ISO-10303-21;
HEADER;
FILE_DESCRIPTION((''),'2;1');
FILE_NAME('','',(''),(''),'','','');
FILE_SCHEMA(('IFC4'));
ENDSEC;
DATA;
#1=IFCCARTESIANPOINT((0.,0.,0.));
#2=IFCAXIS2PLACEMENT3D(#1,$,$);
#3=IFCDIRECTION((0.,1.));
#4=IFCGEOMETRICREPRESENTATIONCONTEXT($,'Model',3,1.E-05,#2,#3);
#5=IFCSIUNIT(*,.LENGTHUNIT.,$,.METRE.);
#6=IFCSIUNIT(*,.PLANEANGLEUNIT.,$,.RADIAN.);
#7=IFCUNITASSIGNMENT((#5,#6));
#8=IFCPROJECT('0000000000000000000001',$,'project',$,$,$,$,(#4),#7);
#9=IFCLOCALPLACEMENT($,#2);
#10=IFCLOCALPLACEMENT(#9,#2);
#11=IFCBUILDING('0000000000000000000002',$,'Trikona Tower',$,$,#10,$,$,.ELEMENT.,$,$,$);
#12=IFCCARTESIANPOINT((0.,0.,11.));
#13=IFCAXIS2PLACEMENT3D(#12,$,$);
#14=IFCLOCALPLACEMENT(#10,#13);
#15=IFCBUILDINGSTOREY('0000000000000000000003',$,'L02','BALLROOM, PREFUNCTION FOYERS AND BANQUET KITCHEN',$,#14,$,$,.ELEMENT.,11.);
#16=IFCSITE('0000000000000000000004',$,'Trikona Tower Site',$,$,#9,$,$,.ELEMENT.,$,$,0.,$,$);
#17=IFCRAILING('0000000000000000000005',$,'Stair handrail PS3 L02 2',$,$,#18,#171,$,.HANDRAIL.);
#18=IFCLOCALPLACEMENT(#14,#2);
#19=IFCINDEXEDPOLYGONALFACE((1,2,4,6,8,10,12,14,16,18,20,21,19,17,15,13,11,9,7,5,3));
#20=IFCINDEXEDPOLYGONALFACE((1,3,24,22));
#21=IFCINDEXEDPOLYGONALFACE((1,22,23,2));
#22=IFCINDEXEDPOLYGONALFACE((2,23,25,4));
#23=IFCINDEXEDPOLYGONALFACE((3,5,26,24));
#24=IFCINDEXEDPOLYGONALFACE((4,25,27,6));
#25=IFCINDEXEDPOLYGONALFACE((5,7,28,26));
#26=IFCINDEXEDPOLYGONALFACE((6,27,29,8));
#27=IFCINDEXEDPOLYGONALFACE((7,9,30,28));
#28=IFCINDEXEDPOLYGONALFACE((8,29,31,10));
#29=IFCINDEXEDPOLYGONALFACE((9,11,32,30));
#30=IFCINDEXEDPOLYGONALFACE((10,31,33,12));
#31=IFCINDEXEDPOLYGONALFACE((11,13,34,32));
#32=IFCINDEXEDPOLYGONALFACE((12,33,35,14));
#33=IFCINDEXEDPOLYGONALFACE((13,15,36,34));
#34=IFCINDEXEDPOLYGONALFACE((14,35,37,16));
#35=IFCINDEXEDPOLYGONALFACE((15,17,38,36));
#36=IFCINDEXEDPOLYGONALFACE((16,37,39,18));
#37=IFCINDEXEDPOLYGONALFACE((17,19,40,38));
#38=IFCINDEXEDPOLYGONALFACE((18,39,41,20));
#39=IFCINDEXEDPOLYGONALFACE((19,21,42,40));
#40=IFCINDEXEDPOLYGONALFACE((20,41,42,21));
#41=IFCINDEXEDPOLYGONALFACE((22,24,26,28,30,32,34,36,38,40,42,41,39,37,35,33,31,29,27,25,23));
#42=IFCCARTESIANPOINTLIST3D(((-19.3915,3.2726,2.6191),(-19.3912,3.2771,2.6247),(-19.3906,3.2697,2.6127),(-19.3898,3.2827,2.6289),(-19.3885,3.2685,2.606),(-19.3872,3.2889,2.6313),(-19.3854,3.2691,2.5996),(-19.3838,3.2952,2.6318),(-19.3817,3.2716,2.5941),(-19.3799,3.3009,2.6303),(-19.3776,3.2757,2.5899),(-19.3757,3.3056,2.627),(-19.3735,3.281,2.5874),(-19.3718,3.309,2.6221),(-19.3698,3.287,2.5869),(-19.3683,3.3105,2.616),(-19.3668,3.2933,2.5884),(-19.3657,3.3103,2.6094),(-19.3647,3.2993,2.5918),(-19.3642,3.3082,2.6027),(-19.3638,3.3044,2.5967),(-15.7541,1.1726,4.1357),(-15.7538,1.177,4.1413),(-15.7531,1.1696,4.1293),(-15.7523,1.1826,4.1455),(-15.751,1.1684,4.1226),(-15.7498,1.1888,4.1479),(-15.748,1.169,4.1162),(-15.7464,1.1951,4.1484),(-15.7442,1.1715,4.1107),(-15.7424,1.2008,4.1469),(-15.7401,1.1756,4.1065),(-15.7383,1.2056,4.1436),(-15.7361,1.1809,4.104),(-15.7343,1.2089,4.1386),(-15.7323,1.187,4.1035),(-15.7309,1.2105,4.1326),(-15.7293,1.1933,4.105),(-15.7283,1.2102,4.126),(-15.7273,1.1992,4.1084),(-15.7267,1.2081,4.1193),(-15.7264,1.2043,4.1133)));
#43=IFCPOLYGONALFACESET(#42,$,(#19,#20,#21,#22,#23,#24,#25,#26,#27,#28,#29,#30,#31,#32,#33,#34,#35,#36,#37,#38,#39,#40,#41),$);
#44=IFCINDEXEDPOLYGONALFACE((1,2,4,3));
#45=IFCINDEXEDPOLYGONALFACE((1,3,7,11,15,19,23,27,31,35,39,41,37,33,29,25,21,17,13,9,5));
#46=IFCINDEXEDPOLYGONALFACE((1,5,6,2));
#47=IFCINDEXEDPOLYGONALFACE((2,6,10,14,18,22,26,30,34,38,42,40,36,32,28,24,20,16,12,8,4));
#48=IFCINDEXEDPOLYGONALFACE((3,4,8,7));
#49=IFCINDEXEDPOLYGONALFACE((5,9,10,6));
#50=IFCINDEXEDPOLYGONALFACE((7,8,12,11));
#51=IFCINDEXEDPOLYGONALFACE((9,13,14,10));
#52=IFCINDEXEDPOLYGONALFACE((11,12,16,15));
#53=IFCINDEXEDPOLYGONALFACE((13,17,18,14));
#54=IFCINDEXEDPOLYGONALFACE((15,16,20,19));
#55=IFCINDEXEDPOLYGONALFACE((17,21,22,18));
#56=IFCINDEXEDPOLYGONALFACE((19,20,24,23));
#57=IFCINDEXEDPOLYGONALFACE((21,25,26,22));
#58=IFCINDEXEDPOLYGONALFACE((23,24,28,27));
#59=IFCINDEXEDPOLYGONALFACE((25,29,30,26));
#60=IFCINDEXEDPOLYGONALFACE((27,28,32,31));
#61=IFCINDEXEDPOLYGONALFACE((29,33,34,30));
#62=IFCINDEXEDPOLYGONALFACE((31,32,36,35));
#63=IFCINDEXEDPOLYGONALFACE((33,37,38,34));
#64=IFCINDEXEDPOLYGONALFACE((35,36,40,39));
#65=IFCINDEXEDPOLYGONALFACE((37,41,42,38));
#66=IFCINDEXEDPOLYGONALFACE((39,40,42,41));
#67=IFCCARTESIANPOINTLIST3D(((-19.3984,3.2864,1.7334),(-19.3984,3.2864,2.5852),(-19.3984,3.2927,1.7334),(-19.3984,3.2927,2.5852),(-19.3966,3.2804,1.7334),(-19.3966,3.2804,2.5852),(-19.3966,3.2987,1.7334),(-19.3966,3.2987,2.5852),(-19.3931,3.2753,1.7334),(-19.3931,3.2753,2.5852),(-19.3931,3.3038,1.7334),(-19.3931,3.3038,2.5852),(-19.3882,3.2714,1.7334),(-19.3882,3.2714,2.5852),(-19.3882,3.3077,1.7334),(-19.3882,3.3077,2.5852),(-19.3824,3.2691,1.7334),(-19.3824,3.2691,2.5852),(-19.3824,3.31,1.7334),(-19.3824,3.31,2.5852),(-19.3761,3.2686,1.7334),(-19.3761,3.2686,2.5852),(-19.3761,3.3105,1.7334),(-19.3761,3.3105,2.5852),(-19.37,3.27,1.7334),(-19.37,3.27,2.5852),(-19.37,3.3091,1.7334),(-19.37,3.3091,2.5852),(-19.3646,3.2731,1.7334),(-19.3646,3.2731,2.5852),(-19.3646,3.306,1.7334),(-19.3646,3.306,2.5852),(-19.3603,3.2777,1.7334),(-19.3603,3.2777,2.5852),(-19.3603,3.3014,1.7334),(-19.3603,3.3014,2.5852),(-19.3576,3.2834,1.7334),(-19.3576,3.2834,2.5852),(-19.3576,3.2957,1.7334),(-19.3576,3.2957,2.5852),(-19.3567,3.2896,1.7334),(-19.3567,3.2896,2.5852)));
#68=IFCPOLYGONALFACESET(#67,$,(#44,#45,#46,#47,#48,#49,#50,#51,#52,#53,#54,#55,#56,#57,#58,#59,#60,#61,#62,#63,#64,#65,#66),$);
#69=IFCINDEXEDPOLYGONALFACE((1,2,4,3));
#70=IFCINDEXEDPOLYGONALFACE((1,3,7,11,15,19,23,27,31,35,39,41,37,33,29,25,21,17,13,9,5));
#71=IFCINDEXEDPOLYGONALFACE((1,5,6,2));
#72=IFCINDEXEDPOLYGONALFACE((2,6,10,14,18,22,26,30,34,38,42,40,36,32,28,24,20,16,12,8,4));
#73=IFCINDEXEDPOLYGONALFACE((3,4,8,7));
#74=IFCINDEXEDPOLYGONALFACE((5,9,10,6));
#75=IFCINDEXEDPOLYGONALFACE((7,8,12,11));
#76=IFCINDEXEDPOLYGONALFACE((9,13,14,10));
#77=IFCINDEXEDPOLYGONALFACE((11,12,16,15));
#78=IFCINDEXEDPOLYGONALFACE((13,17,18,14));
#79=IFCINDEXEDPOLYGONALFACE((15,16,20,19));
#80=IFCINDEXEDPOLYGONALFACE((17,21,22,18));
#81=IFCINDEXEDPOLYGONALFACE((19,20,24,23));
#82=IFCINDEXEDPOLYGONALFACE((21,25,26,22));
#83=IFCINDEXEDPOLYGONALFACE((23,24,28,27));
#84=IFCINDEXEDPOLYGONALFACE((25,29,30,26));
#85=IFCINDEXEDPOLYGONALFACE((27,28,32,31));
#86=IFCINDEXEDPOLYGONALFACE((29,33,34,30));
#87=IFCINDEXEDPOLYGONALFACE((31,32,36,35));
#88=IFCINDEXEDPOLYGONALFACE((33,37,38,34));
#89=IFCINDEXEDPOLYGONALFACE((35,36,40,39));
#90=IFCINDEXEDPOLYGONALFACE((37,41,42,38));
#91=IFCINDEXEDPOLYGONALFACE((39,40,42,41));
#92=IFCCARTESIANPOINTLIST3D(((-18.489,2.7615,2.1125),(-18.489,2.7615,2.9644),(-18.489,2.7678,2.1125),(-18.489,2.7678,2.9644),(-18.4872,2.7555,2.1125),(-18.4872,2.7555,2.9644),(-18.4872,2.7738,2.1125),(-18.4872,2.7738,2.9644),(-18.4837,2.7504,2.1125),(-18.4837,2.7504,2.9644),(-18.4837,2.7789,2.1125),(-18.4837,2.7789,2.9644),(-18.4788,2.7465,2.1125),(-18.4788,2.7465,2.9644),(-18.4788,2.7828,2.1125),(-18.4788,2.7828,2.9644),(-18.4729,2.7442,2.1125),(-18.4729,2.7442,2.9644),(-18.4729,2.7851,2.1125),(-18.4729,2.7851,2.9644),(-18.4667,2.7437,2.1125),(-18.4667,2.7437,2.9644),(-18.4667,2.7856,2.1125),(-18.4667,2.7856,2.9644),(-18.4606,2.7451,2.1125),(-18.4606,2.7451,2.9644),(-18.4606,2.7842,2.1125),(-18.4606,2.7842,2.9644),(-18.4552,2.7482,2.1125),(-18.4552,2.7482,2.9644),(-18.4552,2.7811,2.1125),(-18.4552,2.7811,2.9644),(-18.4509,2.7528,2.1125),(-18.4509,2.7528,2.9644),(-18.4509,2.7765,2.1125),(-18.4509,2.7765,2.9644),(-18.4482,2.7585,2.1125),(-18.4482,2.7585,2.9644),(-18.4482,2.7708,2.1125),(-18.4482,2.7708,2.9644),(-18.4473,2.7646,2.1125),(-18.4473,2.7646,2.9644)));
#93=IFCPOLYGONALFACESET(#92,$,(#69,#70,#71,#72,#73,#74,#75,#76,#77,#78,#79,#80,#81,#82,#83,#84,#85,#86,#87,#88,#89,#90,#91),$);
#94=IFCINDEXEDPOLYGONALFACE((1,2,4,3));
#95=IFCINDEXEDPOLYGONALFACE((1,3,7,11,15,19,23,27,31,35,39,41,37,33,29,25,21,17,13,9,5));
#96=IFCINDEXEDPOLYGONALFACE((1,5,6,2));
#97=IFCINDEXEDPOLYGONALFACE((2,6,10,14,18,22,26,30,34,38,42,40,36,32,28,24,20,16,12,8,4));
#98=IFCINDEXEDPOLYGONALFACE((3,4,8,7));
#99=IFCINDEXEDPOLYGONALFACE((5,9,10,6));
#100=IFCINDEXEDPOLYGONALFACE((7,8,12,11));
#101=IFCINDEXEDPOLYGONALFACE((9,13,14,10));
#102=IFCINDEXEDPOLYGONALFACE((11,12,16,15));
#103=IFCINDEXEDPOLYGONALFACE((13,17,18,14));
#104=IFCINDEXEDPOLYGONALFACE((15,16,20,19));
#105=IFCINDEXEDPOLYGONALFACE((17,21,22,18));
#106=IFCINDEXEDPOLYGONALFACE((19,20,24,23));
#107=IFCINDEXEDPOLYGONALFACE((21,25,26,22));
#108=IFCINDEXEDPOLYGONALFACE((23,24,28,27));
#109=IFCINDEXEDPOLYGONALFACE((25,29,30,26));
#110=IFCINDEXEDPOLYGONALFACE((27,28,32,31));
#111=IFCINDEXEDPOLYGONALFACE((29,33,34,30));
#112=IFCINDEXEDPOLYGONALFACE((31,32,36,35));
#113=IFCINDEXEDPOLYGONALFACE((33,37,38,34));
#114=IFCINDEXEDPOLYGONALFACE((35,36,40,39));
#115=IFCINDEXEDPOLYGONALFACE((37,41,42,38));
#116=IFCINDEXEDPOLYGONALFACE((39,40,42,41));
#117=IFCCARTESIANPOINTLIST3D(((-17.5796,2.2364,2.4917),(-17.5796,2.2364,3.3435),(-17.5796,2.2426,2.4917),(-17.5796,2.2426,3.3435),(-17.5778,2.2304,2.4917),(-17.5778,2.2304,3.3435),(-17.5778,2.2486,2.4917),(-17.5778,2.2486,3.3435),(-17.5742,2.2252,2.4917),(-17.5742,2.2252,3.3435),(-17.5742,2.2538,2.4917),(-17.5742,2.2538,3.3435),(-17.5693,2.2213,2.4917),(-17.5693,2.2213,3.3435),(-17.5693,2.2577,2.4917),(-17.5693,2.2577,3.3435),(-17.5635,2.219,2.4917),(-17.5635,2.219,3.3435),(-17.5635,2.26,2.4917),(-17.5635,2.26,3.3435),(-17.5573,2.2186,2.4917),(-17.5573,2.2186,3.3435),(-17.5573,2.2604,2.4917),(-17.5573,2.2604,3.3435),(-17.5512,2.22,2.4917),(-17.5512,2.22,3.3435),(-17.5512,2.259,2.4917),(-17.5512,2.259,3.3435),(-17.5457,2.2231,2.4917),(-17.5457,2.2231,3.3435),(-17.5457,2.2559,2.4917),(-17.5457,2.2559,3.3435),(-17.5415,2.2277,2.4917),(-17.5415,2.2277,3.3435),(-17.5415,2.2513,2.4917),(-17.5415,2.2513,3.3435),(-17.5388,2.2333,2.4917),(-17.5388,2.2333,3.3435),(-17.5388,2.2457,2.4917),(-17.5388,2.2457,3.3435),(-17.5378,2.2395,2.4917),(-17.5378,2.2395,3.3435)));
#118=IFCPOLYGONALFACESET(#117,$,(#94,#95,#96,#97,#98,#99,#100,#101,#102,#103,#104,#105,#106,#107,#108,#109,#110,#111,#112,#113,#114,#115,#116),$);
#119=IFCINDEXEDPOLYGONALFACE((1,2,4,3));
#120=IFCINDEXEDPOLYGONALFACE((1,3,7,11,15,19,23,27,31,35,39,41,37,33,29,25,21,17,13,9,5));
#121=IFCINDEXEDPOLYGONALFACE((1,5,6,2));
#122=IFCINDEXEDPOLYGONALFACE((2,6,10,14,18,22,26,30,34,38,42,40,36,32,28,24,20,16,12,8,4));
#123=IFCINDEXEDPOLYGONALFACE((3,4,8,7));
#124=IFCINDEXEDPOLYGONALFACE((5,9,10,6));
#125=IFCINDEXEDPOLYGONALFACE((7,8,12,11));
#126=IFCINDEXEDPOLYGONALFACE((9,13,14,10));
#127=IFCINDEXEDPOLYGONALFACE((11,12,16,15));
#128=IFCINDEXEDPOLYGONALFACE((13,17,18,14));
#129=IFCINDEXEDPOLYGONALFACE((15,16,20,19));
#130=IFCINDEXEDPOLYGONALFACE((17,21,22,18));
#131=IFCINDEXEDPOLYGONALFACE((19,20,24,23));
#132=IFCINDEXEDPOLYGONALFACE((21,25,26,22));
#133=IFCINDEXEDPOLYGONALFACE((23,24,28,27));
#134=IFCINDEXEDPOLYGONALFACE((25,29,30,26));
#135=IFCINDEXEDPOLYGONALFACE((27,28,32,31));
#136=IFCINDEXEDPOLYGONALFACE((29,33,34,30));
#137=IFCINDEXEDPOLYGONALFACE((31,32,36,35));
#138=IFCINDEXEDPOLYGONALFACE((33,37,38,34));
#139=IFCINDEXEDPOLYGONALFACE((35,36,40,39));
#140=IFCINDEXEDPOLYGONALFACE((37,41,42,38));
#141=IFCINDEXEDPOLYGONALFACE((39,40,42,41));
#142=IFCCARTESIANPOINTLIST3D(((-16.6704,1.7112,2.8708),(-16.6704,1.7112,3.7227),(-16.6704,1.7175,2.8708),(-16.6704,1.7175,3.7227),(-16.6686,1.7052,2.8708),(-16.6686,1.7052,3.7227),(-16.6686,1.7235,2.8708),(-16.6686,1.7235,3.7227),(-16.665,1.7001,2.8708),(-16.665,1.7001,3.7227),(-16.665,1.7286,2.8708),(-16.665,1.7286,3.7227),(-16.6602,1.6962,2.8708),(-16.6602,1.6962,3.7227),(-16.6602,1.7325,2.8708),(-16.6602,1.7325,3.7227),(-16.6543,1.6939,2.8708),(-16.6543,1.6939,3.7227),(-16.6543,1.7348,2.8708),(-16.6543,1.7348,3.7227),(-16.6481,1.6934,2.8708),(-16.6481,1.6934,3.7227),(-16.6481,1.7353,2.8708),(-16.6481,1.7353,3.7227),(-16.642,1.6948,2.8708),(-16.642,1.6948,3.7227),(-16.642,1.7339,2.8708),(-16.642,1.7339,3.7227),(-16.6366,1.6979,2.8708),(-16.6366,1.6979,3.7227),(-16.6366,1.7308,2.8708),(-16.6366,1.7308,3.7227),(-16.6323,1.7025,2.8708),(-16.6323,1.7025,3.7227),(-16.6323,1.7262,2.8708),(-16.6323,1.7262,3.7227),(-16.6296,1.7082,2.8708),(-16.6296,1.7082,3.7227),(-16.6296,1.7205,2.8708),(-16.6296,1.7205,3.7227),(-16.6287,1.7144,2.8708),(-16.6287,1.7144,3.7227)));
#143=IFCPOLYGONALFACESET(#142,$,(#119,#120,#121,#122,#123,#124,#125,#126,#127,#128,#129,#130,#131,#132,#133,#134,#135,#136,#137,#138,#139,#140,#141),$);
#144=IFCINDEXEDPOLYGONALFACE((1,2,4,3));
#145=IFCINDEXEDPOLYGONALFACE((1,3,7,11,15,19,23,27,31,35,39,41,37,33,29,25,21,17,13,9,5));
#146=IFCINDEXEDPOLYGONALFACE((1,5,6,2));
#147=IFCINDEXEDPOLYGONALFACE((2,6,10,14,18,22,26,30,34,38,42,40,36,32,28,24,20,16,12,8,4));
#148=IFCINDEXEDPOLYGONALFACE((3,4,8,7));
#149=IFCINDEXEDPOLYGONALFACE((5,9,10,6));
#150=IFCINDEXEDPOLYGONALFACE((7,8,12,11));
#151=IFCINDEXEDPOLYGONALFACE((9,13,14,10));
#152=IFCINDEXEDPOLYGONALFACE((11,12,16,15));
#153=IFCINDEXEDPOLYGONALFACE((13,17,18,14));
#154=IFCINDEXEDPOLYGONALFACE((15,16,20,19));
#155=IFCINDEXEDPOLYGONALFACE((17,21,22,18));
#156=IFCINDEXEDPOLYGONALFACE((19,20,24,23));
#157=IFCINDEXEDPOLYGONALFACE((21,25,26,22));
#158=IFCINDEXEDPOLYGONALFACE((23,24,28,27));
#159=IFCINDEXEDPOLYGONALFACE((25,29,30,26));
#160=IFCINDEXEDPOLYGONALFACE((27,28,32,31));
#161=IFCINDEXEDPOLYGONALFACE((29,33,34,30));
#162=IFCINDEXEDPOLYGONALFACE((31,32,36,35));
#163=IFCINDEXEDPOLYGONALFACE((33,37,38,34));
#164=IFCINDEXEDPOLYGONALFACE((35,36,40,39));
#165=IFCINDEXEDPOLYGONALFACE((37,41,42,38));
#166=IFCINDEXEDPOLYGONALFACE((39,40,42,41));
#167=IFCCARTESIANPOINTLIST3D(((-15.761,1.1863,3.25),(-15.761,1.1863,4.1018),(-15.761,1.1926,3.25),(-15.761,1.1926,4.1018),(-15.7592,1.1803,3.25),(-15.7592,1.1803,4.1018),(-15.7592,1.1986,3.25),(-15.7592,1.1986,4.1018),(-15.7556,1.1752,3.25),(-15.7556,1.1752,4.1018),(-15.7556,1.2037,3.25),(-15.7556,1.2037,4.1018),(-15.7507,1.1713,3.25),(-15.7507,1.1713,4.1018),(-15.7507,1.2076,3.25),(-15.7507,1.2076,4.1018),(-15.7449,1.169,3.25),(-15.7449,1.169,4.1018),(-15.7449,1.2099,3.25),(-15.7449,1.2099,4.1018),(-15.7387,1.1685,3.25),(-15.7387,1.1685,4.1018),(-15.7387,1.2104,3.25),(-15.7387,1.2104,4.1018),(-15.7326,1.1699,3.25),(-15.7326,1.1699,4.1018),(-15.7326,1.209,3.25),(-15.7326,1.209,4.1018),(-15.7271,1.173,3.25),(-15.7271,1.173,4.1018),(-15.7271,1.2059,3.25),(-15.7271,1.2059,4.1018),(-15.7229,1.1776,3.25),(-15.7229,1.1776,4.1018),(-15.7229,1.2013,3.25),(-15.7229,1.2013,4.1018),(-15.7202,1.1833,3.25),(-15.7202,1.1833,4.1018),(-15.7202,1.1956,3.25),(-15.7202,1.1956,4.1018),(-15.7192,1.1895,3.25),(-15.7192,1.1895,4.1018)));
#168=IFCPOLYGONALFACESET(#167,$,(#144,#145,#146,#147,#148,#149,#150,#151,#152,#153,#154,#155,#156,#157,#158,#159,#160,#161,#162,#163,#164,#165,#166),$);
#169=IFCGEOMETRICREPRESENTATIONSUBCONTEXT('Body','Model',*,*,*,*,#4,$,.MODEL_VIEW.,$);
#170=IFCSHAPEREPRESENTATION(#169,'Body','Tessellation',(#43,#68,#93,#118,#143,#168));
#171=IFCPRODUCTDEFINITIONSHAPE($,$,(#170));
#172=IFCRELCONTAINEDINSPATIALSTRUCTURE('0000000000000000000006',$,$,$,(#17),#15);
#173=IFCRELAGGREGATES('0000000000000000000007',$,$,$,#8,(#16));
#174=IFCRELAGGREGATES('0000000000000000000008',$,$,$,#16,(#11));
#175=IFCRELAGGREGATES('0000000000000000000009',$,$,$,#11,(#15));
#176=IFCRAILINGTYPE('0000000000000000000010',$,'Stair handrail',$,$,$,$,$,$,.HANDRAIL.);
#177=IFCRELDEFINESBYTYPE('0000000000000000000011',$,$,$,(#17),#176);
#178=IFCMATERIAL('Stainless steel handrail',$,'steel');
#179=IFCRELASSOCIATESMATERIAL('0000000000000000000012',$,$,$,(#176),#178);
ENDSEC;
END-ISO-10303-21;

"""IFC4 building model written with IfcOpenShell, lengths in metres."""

from ifc_helpers import new_model, si_unit, direction, frame, origin, origin_2d, place, context, subcontext, project, spatial, circle, extrude, material, type_object, element, save


model = new_model("IFC4")

# Units and contexts
model_context = context("Model", 3, precision=1e-05, world=origin(), true_north=direction((0.0, 1.0)))
body_context = subcontext(model_context, "Body", "Model", "MODEL_VIEW")
ifc_project = project(units=[si_unit("LENGTHUNIT", "METRE"), si_unit("PLANEANGLEUNIT", "RADIAN")], contexts=[model_context])

# Site, building, storey
site_placement = place(None, origin())
site = spatial("IfcSite", under=ifc_project, at=site_placement, Name="Trikona Tower Site", CompositionType="ELEMENT", RefElevation=0.0)
building_placement = place(site_placement, origin())
building = spatial("IfcBuilding", under=site, at=building_placement, Name="Trikona Tower", CompositionType="ELEMENT")
storey_placement = place(building_placement, frame((0.0, 0.0, 11.0)))
storey = spatial("IfcBuildingStorey", under=building, at=storey_placement, Name="L02", Description="BALLROOM, PREFUNCTION FOYERS AND BANQUET KITCHEN", CompositionType="ELEMENT", Elevation=11.0)

# Railing
ifc_material_1 = material(Name="Stainless steel handrail", Category="steel")
railing_type_1 = type_object("IfcRailingType", Name="Stair handrail", PredefinedType="HANDRAIL", material=ifc_material_1)
railing_1_placement = place(storey_placement, frame((-19.3777, 3.2896, 1.7334)))
element("IfcRailing", 1, at=railing_1_placement, inside=storey, type_object=railing_type_1, Name="Stair handrail PS3 L02 2", PredefinedType="HANDRAIL", context=body_context, shape_type="SweptSolid", body=[
    extrude(circle(Radius=0.0239, at=origin_2d()), frame((0.0, 0.0, 0.876), z_axis=(0.81455, -0.470284, 0.339619), x_axis=(0.500003, 0.866024, 0.0)), (0.0, 0.0, 1.0), 4.4656),
    extrude(circle(Radius=0.021, at=origin_2d()), origin(), (0.0, 0.0, 1.0), 0.8518),
    extrude(circle(Radius=0.021, at=origin_2d()), frame((0.9094, -0.5249, 0.3792)), (0.0, 0.0, 1.0), 0.8518),
    extrude(circle(Radius=0.021, at=origin_2d()), frame((1.8188, -1.05, 0.7583)), (0.0, 0.0, 1.0), 0.8518),
    extrude(circle(Radius=0.021, at=origin_2d()), frame((2.728, -1.5752, 1.1375)), (0.0, 0.0, 1.0), 0.8518),
    extrude(circle(Radius=0.021, at=origin_2d()), frame((3.6375, -2.1001, 1.5166)), (0.0, 0.0, 1.0), 0.8518),
])

save(model, "model.ifc")
